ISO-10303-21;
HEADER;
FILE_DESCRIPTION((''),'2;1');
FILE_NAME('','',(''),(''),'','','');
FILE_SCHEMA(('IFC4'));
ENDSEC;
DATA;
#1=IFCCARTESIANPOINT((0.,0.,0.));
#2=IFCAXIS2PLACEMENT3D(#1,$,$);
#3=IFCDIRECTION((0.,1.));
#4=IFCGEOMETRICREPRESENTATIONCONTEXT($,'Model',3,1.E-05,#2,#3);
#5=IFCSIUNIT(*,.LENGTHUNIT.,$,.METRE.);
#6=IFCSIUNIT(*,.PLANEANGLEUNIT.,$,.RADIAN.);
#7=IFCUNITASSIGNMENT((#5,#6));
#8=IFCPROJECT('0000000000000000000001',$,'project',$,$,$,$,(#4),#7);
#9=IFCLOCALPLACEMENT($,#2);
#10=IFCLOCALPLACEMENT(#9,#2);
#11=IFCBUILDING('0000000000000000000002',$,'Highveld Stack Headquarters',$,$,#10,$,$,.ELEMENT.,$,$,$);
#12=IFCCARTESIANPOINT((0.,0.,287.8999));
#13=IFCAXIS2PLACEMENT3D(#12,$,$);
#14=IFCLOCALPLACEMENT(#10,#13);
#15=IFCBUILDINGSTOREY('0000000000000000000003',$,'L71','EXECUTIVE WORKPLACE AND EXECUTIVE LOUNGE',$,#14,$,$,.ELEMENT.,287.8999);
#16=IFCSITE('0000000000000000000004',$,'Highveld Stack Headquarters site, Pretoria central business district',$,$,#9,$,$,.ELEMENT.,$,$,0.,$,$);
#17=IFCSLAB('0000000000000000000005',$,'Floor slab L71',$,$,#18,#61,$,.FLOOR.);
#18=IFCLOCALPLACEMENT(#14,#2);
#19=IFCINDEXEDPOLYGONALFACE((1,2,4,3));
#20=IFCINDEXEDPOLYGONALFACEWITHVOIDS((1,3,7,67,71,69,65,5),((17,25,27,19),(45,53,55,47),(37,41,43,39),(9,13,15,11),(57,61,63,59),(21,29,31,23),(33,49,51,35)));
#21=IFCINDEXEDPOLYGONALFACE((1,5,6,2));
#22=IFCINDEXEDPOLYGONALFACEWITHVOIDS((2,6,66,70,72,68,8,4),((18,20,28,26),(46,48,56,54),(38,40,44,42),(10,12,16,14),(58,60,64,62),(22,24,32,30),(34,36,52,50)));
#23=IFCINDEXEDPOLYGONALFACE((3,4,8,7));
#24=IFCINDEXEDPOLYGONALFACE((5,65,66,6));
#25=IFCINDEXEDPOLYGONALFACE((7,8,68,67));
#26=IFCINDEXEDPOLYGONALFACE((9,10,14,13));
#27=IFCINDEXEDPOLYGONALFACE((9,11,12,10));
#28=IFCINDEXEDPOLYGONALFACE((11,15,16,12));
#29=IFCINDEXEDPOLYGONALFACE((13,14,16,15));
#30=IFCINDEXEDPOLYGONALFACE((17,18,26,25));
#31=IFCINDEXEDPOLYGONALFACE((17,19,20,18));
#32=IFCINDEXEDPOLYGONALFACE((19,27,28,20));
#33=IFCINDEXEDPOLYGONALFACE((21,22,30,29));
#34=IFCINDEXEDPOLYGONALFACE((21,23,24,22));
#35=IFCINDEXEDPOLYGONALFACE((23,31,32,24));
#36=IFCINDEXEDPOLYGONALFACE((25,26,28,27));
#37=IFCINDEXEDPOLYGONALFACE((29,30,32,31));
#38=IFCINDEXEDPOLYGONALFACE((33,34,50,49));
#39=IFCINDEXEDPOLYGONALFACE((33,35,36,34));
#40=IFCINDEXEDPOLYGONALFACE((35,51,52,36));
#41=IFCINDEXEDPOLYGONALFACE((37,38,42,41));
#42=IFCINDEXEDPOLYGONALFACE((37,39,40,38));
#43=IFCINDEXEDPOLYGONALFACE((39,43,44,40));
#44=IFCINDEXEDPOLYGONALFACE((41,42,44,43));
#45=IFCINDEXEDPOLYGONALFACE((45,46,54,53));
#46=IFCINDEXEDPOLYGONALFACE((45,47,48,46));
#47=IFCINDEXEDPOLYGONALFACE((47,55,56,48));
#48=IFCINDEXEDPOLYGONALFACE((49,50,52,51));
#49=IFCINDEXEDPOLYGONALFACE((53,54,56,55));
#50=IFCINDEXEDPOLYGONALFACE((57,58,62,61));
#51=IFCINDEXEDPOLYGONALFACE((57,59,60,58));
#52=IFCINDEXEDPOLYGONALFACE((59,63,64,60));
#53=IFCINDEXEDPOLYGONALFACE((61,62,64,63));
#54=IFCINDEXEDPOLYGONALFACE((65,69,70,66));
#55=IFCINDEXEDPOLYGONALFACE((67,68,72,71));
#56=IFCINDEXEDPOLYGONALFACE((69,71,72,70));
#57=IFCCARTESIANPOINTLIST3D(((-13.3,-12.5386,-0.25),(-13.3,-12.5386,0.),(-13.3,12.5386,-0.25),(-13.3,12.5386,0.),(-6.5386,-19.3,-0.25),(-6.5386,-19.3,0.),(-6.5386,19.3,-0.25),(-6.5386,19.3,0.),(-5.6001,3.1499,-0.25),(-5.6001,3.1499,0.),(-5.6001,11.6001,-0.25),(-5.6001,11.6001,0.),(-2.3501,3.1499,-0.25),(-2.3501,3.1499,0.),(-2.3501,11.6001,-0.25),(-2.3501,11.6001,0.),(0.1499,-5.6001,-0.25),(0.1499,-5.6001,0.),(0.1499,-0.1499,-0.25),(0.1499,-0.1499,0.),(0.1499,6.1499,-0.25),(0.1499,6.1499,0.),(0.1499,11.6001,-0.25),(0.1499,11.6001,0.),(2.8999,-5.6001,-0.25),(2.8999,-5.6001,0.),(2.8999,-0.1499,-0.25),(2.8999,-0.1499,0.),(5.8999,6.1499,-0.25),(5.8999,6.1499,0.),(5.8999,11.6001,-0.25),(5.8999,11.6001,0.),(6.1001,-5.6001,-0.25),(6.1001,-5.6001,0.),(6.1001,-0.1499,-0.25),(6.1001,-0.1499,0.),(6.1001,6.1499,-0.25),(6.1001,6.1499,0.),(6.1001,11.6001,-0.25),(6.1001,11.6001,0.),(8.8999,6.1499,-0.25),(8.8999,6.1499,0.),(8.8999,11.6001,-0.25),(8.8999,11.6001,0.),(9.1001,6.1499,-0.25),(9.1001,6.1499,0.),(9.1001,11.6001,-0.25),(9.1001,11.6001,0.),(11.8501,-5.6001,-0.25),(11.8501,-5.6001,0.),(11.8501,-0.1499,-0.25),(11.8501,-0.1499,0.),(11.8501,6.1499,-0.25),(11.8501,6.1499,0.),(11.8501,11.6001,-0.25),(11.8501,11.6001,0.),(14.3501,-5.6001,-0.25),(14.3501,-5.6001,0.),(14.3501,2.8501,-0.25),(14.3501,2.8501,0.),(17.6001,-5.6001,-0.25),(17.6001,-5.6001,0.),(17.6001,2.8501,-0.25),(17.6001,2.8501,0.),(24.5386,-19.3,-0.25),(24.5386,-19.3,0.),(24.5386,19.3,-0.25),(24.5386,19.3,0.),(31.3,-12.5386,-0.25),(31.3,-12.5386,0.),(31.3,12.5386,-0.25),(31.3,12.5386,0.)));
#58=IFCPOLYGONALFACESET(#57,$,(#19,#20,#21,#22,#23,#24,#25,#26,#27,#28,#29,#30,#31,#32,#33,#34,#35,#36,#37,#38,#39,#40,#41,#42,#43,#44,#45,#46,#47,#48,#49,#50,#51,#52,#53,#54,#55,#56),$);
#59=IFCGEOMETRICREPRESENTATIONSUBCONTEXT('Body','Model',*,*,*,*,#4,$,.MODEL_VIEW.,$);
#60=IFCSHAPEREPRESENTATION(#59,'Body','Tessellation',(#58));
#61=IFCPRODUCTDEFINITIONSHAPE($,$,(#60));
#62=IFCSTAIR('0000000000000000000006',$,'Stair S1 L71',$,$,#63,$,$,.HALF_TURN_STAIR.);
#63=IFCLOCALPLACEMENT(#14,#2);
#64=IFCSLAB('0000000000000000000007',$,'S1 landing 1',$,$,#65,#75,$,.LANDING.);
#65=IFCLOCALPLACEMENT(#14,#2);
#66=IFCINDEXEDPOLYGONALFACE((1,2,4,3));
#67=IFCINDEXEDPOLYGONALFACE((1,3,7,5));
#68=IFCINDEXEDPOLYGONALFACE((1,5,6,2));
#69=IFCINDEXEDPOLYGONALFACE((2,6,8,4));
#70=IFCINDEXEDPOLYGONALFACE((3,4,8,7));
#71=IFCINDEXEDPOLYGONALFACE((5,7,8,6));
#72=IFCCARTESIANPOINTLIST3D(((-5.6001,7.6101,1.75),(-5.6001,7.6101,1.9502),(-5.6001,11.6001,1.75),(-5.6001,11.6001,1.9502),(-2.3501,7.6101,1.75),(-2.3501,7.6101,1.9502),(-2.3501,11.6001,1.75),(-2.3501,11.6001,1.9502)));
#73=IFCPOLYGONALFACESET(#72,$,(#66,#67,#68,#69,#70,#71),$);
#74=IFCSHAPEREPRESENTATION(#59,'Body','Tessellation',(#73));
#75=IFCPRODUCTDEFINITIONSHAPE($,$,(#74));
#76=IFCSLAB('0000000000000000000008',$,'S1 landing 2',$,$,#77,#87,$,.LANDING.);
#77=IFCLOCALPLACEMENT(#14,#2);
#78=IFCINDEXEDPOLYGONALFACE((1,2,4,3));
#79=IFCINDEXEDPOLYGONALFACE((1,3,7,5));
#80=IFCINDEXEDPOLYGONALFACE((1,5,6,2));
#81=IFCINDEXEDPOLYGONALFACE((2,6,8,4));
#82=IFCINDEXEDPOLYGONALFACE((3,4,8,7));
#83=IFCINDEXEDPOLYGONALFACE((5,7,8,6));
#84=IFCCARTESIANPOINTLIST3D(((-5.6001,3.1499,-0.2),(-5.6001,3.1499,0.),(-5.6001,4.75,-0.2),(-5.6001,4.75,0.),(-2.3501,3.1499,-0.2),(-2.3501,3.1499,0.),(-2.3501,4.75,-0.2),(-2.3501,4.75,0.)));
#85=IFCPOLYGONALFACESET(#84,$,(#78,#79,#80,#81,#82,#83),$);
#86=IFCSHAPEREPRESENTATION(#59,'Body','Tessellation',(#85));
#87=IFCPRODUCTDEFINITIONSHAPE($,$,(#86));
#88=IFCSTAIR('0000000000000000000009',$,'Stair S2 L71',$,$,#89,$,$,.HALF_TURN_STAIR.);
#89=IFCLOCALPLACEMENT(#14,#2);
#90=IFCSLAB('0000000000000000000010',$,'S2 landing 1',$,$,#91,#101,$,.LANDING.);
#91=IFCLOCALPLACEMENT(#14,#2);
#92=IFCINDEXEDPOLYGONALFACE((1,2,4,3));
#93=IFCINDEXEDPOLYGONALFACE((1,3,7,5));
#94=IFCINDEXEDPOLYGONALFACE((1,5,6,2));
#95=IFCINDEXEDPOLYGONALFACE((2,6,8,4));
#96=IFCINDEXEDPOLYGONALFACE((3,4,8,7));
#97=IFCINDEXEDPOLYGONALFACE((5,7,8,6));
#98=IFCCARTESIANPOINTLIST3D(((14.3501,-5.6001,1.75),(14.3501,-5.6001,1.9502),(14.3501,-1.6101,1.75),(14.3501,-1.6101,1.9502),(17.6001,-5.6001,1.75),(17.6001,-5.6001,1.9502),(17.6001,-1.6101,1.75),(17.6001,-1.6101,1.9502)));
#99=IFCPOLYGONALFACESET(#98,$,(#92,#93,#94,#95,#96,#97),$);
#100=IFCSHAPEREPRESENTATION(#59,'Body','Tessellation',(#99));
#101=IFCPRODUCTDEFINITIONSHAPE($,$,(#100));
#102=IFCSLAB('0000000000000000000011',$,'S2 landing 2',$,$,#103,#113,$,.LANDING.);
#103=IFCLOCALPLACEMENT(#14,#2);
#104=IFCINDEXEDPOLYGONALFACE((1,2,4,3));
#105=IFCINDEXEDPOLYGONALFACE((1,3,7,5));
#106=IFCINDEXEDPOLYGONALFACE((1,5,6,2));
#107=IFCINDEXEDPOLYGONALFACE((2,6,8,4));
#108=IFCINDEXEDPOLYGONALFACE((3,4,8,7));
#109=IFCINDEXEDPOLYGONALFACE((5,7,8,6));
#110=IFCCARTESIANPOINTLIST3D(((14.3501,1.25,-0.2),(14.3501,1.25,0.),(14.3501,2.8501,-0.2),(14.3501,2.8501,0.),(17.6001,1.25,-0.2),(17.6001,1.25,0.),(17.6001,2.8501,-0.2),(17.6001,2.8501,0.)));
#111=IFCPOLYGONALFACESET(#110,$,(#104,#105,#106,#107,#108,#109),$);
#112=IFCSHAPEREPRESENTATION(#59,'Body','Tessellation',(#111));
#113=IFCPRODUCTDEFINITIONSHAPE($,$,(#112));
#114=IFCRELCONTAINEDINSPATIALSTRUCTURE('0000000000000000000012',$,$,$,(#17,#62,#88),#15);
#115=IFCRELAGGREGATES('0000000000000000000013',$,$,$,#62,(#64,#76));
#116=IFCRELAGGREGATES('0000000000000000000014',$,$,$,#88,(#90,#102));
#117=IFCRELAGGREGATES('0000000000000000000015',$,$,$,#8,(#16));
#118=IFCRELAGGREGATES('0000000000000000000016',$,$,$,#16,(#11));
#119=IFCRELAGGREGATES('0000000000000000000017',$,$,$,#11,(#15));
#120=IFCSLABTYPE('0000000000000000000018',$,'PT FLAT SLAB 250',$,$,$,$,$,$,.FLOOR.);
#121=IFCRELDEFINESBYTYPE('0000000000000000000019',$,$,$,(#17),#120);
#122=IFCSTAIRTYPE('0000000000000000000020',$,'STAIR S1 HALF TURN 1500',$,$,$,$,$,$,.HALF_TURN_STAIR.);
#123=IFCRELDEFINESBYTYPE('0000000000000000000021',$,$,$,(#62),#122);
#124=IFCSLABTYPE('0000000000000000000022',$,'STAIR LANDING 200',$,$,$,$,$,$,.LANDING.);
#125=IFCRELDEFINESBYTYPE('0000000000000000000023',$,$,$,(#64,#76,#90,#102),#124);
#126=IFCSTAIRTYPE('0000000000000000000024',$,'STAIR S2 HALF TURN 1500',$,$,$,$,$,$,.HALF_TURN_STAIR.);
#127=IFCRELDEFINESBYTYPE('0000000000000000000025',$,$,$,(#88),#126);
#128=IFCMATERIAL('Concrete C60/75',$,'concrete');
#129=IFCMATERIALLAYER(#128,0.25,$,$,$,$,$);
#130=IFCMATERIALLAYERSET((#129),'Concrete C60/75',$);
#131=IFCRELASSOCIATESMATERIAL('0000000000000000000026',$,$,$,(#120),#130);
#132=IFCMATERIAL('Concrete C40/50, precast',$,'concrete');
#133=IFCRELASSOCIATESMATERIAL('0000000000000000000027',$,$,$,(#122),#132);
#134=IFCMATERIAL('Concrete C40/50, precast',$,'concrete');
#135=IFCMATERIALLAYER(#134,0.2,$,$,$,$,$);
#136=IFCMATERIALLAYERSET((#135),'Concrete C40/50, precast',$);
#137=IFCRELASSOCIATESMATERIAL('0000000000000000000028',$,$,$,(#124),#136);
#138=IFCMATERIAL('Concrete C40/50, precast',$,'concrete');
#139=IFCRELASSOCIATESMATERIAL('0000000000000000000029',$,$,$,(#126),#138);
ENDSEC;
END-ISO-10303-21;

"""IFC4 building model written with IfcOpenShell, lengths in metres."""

from ifc_helpers import new_model, si_unit, direction, frame, origin, place, context, subcontext, project, spatial, polyline, outline, extrude, material, layer, layer_set, type_object, element, aggregate, save


model = new_model("IFC4")

# Units and contexts
model_context = context("Model", 3, precision=1e-05, world=origin(), true_north=direction((0.0, 1.0)))
body_context = subcontext(model_context, "Body", "Model", "MODEL_VIEW")
ifc_project = project(units=[si_unit("LENGTHUNIT", "METRE"), si_unit("PLANEANGLEUNIT", "RADIAN")], contexts=[model_context])

# Site, building, storey
site_placement = place(None, origin())
site = spatial("IfcSite", under=ifc_project, at=site_placement, Name="Highveld Stack Headquarters site, Pretoria central business district", CompositionType="ELEMENT", RefElevation=0.0)
building_placement = place(site_placement, origin())
building = spatial("IfcBuilding", under=site, at=building_placement, Name="Highveld Stack Headquarters", CompositionType="ELEMENT")
storey_placement = place(building_placement, frame((0.0, 0.0, 287.8999)))
storey = spatial("IfcBuildingStorey", under=building, at=storey_placement, Name="L71", Description="EXECUTIVE WORKPLACE AND EXECUTIVE LOUNGE", CompositionType="ELEMENT", Elevation=287.8999)

# Slab
ifc_material_1 = material(Name="Concrete C60/75", Category="concrete")
ifc_layer_1 = layer(ifc_material_1, 0.25)
ifc_layer_set_1 = layer_set([ifc_layer_1], Name="Concrete C60/75")
slab_type_1 = type_object("IfcSlabType", Name="PT FLAT SLAB 250", PredefinedType="FLOOR", material=ifc_layer_set_1)
slab_1_placement = place(storey_placement, frame((0.0, 0.0, -0.25)))
element("IfcSlab", 1, at=slab_1_placement, inside=storey, type_object=slab_type_1, Name="Floor slab L71", PredefinedType="FLOOR", context=body_context, shape_type="SweptSolid", body=[
    extrude(outline(polyline([(-6.5386, -19.3), (24.5386, -19.3), (31.3, -12.5386), (31.3, 12.5386), (24.5386, 19.3), (-6.5386, 19.3), (-13.3, 12.5386), (-13.3, -12.5386), (-6.5386, -19.3)]), holes=[polyline([(0.1499, 6.1499), (5.8999, 6.1499), (5.8999, 11.6001), (0.1499, 11.6001), (0.1499, 6.1499)]), polyline([(9.1001, 6.1499), (11.8501, 6.1499), (11.8501, 11.6001), (9.1001, 11.6001), (9.1001, 6.1499)]), polyline([(6.1001, 6.1499), (8.8999, 6.1499), (8.8999, 11.6001), (6.1001, 11.6001), (6.1001, 6.1499)]), polyline([(6.1001, -5.6001), (11.8501, -5.6001), (11.8501, -0.1499), (6.1001, -0.1499), (6.1001, -5.6001)]), polyline([(0.1499, -5.6001), (2.8999, -5.6001), (2.8999, -0.1499), (0.1499, -0.1499), (0.1499, -5.6001)]), polyline([(-5.6001, 3.1499), (-2.3501, 3.1499), (-2.3501, 11.6001), (-5.6001, 11.6001), (-5.6001, 3.1499)]), polyline([(14.3501, -5.6001), (17.6001, -5.6001), (17.6001, 2.8501), (14.3501, 2.8501), (14.3501, -5.6001)])]), origin(), (0.0, 0.0, 1.0), 0.25),
])

# Stairs, slabs
ifc_material_2 = material(Name="Concrete C40/50, precast", Category="concrete")
stair_type_1 = type_object("IfcStairType", Name="STAIR S1 HALF TURN 1500", PredefinedType="HALF_TURN_STAIR", material=ifc_material_2)
stair_1_placement = place(storey_placement, origin())
stair_1 = element("IfcStair", 2, at=stair_1_placement, inside=storey, type_object=stair_type_1, Name="Stair S1 L71", PredefinedType="HALF_TURN_STAIR")
ifc_material_3 = material(Name="Concrete C40/50, precast", Category="concrete")
ifc_layer_2 = layer(ifc_material_3, 0.2)
ifc_layer_set_2 = layer_set([ifc_layer_2], Name="Concrete C40/50, precast")
slab_type_2 = type_object("IfcSlabType", Name="STAIR LANDING 200", PredefinedType="LANDING", material=ifc_layer_set_2)
slab_2_placement = place(storey_placement, frame((0.0, 0.0, 1.75)))
slab_2 = element("IfcSlab", 3, at=slab_2_placement, type_object=slab_type_2, Name="S1 landing 1", PredefinedType="LANDING", context=body_context, shape_type="SweptSolid", body=[
    extrude(outline(polyline([(-5.6001, 7.6101), (-2.3501, 7.6101), (-2.3501, 11.6001), (-5.6001, 11.6001), (-5.6001, 7.6101)])), origin(), (0.0, 0.0, 1.0), 0.2002),
])
slab_3_placement = place(storey_placement, frame((0.0, 0.0, -0.2)))
slab_3 = element("IfcSlab", 4, at=slab_3_placement, type_object=slab_type_2, Name="S1 landing 2", PredefinedType="LANDING", context=body_context, shape_type="SweptSolid", body=[
    extrude(outline(polyline([(-5.6001, 3.1499), (-2.3501, 3.1499), (-2.3501, 4.75), (-5.6001, 4.75), (-5.6001, 3.1499)])), origin(), (0.0, 0.0, 1.0), 0.2),
])
aggregate(stair_1, [slab_2, slab_3])
ifc_material_4 = material(Name="Concrete C40/50, precast", Category="concrete")
stair_type_2 = type_object("IfcStairType", Name="STAIR S2 HALF TURN 1500", PredefinedType="HALF_TURN_STAIR", material=ifc_material_4)
stair_2_placement = place(storey_placement, origin())
stair_2 = element("IfcStair", 5, at=stair_2_placement, inside=storey, type_object=stair_type_2, Name="Stair S2 L71", PredefinedType="HALF_TURN_STAIR")
slab_4_placement = place(storey_placement, frame((0.0, 0.0, 1.75)))
slab_4 = element("IfcSlab", 6, at=slab_4_placement, type_object=slab_type_2, Name="S2 landing 1", PredefinedType="LANDING", context=body_context, shape_type="SweptSolid", body=[
    extrude(outline(polyline([(14.3501, -5.6001), (17.6001, -5.6001), (17.6001, -1.6101), (14.3501, -1.6101), (14.3501, -5.6001)])), origin(), (0.0, 0.0, 1.0), 0.2002),
])
slab_5_placement = place(storey_placement, frame((0.0, 0.0, -0.2)))
slab_5 = element("IfcSlab", 7, at=slab_5_placement, type_object=slab_type_2, Name="S2 landing 2", PredefinedType="LANDING", context=body_context, shape_type="SweptSolid", body=[
    extrude(outline(polyline([(14.3501, 1.25), (17.6001, 1.25), (17.6001, 2.8501), (14.3501, 2.8501), (14.3501, 1.25)])), origin(), (0.0, 0.0, 1.0), 0.2),
])
aggregate(stair_2, [slab_4, slab_5])

save(model, "model.ifc")
